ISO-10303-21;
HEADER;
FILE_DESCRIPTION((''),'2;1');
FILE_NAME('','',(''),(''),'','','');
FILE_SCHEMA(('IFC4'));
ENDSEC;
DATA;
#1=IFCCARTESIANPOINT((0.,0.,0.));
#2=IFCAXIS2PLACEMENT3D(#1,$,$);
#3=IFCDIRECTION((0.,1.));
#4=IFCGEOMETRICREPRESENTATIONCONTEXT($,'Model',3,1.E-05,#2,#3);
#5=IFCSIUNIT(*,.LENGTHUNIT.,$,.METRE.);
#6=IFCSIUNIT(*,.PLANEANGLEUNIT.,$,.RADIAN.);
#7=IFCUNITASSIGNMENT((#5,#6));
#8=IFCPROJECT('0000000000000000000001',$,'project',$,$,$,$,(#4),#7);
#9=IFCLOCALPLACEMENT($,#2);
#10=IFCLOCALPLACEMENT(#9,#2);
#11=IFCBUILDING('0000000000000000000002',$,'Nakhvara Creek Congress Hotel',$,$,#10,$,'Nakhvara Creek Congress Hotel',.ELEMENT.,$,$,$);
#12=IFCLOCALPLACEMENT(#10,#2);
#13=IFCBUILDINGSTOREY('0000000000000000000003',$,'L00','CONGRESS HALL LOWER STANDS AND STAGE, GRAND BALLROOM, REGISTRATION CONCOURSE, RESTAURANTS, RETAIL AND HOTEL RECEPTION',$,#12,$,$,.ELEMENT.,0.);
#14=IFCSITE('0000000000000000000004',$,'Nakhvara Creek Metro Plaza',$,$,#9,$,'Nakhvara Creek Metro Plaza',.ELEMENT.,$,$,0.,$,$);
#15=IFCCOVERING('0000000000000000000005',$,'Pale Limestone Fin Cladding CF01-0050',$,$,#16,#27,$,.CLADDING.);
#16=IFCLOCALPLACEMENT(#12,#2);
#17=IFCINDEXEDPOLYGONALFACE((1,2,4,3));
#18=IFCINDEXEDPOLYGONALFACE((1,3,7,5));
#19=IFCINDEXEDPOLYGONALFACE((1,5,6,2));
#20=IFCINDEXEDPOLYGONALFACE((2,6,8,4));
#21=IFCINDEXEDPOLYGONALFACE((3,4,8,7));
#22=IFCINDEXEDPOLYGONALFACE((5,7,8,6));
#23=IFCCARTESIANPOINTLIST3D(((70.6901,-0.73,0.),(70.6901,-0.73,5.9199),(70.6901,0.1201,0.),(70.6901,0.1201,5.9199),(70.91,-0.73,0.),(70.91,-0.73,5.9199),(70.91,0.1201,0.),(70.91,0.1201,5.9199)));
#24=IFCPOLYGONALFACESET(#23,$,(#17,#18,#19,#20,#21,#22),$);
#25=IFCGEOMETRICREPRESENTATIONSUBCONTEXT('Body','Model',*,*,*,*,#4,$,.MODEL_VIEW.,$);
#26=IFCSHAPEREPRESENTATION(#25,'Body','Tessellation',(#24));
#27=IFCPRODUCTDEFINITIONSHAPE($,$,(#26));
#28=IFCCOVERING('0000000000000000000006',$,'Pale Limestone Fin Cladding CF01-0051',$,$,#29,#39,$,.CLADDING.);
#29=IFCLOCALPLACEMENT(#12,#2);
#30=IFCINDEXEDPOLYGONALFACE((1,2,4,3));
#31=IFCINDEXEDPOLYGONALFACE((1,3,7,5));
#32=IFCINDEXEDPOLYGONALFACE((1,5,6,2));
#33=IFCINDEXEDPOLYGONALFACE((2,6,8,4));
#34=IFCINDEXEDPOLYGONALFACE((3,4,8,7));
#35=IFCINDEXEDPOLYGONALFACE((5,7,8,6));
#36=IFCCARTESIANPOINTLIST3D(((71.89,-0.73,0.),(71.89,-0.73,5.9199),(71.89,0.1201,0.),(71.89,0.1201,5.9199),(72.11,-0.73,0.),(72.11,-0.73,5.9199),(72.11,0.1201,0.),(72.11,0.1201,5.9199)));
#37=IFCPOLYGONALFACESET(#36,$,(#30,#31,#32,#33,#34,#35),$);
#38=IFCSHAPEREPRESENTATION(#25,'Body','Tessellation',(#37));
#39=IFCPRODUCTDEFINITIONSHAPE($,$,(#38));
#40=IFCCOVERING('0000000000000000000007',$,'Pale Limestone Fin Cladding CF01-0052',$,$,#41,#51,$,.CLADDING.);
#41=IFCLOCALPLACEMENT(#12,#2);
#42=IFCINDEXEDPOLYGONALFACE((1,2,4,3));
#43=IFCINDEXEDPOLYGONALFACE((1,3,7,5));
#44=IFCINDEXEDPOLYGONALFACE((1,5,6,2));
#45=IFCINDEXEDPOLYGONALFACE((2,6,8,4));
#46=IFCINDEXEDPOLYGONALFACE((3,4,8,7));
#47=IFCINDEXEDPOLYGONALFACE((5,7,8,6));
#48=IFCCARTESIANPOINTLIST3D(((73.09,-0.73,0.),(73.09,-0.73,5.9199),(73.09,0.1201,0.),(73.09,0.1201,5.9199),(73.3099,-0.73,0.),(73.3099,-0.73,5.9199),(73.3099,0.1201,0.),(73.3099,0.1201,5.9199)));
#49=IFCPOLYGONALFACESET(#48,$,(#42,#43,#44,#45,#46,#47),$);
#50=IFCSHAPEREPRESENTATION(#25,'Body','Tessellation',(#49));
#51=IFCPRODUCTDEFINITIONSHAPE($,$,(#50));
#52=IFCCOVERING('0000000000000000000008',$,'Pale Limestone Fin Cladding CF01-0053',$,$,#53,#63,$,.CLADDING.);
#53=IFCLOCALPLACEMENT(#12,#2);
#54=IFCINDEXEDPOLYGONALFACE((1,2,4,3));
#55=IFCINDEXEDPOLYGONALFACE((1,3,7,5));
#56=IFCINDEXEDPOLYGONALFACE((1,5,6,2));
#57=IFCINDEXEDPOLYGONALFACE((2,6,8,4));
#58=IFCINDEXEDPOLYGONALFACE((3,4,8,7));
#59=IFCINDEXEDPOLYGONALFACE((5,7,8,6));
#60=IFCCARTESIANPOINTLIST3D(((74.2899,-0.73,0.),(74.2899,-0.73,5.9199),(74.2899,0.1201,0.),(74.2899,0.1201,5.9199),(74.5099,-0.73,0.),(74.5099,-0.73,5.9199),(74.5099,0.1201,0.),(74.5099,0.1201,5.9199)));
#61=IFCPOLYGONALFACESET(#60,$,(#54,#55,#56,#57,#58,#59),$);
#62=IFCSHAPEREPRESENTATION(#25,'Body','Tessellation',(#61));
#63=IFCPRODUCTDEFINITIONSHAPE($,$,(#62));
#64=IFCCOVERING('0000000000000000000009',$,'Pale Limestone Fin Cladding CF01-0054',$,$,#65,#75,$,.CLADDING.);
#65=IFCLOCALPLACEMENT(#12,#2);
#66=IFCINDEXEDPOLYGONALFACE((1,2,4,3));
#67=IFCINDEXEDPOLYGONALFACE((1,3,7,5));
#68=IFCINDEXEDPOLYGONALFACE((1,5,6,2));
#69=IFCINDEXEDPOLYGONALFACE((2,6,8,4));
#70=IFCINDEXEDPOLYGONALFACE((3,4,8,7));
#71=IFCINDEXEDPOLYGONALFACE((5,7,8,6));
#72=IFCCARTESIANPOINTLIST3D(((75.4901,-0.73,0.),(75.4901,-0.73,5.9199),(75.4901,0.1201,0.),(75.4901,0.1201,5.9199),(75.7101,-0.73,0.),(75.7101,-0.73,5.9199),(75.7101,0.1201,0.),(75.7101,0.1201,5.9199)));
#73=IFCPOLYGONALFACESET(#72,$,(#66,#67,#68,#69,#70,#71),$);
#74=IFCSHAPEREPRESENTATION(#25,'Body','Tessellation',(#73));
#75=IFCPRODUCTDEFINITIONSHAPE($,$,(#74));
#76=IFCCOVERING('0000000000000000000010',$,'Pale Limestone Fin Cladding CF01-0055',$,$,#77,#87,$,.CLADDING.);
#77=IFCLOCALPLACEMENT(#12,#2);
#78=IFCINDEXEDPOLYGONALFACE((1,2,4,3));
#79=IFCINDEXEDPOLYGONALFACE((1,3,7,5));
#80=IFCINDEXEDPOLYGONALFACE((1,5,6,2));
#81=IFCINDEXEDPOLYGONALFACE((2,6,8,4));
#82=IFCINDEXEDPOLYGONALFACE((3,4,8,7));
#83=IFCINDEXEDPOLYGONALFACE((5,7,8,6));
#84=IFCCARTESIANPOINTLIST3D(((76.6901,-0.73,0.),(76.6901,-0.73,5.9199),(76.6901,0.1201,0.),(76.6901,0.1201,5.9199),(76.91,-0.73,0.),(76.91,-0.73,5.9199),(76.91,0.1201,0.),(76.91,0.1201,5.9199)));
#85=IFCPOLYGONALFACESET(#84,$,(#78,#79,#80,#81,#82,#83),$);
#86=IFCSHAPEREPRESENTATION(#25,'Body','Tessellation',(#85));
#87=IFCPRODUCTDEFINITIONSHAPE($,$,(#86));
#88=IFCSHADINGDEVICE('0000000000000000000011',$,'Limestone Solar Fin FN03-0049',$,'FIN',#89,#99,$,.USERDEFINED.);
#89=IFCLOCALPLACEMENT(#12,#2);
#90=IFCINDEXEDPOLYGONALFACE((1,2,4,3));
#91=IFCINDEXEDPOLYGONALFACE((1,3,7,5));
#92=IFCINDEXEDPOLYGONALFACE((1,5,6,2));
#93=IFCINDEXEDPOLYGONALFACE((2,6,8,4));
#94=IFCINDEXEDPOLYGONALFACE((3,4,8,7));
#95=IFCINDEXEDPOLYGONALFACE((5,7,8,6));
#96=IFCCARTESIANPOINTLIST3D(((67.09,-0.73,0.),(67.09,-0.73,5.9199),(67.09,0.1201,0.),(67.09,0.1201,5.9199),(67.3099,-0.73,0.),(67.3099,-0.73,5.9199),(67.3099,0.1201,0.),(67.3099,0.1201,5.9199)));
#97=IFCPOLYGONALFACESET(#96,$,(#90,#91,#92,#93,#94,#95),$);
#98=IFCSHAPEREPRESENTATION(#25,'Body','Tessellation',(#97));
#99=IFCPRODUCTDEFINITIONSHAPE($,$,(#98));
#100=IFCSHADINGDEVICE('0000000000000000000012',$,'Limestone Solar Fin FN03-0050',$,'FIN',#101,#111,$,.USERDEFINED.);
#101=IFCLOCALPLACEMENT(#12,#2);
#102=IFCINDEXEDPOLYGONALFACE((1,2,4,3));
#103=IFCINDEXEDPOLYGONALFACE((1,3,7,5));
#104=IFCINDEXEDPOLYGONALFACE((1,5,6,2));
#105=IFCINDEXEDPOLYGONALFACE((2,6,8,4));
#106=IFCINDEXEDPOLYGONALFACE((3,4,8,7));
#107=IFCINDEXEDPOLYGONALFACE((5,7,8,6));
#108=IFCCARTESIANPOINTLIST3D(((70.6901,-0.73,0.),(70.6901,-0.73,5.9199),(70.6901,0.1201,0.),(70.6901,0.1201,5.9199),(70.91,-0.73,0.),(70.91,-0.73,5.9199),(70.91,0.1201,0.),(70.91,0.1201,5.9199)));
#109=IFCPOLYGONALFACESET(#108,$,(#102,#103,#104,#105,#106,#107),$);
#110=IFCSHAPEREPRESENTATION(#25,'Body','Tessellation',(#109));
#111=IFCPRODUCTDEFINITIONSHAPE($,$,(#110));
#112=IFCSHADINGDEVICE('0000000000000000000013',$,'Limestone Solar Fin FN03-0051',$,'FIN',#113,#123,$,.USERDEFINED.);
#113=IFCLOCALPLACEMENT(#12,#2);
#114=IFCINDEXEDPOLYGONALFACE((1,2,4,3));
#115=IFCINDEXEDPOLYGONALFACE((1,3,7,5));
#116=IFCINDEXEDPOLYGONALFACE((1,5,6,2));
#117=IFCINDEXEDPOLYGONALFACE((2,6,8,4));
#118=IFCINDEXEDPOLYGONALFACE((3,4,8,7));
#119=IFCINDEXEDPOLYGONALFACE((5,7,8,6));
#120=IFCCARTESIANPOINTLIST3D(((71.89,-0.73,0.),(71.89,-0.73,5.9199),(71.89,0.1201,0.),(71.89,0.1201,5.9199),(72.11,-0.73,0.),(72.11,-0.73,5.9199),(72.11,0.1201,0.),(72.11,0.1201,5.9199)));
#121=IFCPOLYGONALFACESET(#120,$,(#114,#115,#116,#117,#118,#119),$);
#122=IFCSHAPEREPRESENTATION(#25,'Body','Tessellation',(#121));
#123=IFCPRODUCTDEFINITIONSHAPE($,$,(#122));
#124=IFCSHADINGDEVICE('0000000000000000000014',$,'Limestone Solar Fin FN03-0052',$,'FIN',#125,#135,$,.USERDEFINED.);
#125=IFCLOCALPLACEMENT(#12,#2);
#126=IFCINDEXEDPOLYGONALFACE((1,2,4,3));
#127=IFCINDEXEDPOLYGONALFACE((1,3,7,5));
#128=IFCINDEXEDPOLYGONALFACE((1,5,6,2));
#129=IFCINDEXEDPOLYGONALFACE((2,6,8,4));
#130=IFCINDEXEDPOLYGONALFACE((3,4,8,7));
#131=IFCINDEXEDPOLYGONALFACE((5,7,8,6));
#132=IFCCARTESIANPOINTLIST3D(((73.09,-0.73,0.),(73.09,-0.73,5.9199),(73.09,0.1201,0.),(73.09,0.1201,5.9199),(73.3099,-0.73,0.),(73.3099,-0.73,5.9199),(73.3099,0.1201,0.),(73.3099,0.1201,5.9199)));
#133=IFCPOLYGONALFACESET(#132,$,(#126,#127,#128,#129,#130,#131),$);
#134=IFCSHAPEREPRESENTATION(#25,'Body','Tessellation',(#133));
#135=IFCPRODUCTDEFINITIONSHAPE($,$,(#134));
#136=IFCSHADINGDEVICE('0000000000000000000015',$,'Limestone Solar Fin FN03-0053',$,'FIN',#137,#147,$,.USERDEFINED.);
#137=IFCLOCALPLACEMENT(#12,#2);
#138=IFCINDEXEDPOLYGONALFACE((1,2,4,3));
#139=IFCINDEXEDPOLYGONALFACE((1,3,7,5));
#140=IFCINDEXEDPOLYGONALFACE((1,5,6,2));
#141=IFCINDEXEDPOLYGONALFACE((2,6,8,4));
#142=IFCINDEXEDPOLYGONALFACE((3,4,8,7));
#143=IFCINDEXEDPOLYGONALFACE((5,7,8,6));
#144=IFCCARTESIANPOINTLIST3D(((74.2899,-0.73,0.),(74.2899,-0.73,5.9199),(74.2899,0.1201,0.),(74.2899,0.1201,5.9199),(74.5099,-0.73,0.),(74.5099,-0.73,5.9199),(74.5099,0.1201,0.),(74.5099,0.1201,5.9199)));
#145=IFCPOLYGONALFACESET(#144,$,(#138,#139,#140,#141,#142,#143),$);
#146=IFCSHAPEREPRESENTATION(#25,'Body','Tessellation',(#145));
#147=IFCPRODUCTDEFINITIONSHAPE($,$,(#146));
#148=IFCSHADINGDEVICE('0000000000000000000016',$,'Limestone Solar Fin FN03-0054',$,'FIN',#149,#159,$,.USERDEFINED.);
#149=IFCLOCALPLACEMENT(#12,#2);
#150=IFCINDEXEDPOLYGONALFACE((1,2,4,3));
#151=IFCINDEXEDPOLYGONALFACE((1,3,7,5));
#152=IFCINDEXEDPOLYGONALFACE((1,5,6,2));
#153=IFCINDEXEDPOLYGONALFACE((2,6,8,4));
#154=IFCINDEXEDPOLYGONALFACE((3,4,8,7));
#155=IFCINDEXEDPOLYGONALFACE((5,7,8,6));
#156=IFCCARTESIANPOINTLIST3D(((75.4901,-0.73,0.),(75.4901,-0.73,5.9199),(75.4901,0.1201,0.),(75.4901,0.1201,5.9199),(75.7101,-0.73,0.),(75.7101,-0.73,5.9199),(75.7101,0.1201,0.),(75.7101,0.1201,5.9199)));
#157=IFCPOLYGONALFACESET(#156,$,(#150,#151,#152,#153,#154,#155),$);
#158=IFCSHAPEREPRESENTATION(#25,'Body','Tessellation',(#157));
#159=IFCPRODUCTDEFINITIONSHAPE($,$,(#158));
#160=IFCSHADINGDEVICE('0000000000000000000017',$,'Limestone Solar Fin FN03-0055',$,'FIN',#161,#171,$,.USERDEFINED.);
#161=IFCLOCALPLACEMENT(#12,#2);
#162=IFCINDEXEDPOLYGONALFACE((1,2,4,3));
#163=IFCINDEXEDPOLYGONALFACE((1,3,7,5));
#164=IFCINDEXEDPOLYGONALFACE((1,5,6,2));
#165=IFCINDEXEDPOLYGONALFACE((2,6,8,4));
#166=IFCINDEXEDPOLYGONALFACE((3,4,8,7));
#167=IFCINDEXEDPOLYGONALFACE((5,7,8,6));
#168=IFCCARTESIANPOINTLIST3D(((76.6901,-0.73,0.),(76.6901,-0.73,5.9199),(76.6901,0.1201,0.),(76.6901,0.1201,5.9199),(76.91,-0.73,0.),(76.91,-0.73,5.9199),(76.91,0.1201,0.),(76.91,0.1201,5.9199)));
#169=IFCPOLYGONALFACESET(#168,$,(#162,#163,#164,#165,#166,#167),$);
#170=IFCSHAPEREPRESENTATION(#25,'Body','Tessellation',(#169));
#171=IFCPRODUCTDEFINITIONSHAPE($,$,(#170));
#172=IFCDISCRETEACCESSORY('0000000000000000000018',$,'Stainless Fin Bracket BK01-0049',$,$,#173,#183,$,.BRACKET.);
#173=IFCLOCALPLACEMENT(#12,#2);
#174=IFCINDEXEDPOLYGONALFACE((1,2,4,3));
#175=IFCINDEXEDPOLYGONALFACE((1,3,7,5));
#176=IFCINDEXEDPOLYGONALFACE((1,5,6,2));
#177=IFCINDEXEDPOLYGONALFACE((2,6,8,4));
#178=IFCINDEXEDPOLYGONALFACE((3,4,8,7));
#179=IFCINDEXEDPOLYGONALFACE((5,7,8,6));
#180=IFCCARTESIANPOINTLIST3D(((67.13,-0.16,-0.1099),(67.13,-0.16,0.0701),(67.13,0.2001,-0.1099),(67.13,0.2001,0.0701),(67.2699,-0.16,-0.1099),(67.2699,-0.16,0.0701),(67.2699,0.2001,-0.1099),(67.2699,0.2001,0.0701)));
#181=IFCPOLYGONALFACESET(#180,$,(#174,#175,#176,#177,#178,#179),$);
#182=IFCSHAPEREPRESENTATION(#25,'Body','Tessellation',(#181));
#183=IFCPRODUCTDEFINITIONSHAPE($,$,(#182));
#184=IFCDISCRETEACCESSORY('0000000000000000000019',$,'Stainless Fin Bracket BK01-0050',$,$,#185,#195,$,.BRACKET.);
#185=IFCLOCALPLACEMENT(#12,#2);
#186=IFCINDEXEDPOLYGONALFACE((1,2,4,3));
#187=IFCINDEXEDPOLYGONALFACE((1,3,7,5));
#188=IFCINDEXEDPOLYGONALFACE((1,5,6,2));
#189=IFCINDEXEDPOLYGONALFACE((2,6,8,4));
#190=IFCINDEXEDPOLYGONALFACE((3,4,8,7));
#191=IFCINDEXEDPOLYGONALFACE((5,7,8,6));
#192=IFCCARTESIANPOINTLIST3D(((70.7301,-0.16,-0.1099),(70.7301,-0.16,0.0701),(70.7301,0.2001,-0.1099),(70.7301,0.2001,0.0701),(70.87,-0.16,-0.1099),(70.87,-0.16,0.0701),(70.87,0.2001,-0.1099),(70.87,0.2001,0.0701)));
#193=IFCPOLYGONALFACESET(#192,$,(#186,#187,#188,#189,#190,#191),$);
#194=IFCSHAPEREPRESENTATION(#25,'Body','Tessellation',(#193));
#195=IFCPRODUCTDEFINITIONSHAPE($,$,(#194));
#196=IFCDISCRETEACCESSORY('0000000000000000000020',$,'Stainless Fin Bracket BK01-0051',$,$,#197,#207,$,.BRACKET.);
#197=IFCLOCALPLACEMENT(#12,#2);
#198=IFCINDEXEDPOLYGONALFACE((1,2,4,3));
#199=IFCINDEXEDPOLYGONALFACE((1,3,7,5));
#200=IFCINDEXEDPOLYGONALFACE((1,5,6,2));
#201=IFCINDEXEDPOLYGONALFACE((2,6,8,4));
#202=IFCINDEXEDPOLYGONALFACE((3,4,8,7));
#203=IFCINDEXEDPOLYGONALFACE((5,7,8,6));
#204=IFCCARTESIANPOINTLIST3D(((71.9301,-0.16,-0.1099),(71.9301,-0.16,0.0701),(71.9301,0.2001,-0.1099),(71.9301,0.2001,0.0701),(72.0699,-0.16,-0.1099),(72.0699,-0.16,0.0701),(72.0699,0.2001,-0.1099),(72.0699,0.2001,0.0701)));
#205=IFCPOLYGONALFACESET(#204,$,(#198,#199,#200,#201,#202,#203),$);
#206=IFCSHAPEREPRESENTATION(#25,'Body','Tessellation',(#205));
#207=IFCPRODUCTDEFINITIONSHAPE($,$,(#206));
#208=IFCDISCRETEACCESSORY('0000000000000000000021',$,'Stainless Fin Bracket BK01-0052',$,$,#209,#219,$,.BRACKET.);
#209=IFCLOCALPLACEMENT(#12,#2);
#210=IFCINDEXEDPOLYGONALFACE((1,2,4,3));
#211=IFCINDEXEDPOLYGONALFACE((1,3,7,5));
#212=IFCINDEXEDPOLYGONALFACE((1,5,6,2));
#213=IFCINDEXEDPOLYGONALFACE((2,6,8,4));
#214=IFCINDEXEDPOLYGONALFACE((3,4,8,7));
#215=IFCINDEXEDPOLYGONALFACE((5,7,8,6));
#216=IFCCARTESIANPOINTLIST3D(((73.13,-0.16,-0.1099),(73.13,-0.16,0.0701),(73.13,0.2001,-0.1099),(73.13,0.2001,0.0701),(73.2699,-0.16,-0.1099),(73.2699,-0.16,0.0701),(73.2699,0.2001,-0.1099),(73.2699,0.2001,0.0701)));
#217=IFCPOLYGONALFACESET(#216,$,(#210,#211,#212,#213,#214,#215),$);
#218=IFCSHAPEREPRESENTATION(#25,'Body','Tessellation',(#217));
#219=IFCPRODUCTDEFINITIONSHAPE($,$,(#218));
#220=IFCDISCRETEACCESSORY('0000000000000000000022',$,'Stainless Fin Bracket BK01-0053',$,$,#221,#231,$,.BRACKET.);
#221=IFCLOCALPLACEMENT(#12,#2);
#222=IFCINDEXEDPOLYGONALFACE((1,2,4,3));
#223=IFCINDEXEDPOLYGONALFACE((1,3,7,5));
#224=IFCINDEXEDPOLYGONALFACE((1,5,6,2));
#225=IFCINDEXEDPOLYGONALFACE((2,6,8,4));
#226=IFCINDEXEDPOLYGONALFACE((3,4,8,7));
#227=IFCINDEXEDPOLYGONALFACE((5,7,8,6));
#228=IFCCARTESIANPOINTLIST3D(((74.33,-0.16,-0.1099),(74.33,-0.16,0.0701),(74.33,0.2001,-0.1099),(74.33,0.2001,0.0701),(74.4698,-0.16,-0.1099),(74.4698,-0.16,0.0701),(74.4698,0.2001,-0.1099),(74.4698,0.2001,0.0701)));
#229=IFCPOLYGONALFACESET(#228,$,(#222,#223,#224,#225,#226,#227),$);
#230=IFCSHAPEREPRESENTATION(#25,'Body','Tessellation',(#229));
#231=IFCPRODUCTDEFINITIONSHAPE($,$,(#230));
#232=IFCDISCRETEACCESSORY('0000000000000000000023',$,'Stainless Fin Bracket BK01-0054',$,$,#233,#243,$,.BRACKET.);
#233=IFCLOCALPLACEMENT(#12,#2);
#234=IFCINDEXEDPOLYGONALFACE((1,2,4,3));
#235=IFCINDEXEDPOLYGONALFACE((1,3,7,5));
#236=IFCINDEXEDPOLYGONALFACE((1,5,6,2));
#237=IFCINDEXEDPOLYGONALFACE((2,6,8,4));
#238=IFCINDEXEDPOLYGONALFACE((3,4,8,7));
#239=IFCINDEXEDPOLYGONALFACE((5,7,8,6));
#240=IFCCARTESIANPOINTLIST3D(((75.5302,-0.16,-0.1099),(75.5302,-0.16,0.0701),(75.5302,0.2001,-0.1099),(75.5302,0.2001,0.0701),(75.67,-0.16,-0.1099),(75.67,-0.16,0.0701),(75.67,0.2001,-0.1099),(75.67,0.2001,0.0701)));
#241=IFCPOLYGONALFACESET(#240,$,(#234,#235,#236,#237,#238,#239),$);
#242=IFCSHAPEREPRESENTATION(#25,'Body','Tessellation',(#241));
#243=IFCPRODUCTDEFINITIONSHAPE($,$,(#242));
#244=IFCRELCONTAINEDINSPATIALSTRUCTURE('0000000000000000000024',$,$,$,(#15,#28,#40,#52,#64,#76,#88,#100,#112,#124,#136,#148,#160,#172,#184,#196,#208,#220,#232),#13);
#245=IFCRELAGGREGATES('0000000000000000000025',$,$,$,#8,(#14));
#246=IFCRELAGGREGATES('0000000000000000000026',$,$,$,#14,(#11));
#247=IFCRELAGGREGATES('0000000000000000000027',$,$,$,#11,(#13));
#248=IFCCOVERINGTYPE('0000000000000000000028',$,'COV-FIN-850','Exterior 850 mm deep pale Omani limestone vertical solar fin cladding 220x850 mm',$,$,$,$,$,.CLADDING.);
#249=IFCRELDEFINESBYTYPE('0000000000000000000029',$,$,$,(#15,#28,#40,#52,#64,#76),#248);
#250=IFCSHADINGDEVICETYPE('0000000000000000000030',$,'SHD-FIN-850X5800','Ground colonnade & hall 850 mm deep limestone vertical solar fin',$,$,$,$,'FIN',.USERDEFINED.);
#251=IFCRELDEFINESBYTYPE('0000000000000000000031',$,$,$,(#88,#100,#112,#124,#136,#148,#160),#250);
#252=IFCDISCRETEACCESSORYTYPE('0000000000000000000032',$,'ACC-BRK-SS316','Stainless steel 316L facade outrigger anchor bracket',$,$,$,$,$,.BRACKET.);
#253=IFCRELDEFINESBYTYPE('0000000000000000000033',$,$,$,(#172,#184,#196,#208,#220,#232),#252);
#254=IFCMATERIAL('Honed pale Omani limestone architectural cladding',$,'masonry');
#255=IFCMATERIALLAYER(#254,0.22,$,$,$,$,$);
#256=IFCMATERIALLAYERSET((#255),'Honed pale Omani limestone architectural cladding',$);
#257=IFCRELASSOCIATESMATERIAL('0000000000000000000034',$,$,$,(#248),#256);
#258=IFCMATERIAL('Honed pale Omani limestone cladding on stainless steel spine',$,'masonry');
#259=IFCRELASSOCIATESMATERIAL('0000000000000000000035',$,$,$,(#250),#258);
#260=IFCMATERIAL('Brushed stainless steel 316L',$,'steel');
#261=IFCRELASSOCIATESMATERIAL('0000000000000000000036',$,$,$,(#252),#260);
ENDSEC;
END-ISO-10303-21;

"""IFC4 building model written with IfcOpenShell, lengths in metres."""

from ifc_helpers import new_model, si_unit, direction, frame, origin, origin_2d, place, context, subcontext, project, spatial, rectangle, extrude, material, layer, layer_set, type_object, element, save


model = new_model("IFC4")

# Units and contexts
model_context = context("Model", 3, precision=1e-05, world=origin(), true_north=direction((0.0, 1.0)))
body_context = subcontext(model_context, "Body", "Model", "MODEL_VIEW")
ifc_project = project(units=[si_unit("LENGTHUNIT", "METRE"), si_unit("PLANEANGLEUNIT", "RADIAN")], contexts=[model_context])

# Site, building, storey
site_placement = place(None, origin())
site = spatial("IfcSite", under=ifc_project, at=site_placement, Name="Nakhvara Creek Metro Plaza", LongName="Nakhvara Creek Metro Plaza", CompositionType="ELEMENT", RefElevation=0.0)
building_placement = place(site_placement, origin())
building = spatial("IfcBuilding", under=site, at=building_placement, Name="Nakhvara Creek Congress Hotel", LongName="Nakhvara Creek Congress Hotel", CompositionType="ELEMENT")
storey_placement = place(building_placement, origin())
storey = spatial("IfcBuildingStorey", under=building, at=storey_placement, Name="L00", Description="CONGRESS HALL LOWER STANDS AND STAGE, GRAND BALLROOM, REGISTRATION CONCOURSE, RESTAURANTS, RETAIL AND HOTEL RECEPTION", CompositionType="ELEMENT", Elevation=0.0)

# Coverings
ifc_material_1 = material(Name="Honed pale Omani limestone architectural cladding", Category="masonry")
ifc_layer = layer(ifc_material_1, 0.22)
ifc_layer_set = layer_set([ifc_layer], Name="Honed pale Omani limestone architectural cladding")
covering_type = type_object("IfcCoveringType", Name="COV-FIN-850", Description="Exterior 850 mm deep pale Omani limestone vertical solar fin cladding 220x850 mm", PredefinedType="CLADDING", material=ifc_layer_set)
for number, where, z_axis, x_axis, name in (
    (1, (70.8, -0.3049, 0.0), (0.0, 0.0, 1.0), (1.0, 0.0, 0.0), "Pale Limestone Fin Cladding CF01-0050"),
    (2, (72.0, -0.3049, 0.0), (0.0, 0.0, 1.0), (1.0, 0.0, 0.0), "Pale Limestone Fin Cladding CF01-0051"),
    (3, (73.2, -0.3049, 0.0), (0.0, 0.0, 1.0), (1.0, 0.0, 0.0), "Pale Limestone Fin Cladding CF01-0052"),
    (4, (74.3999, -0.3049, 0.0), (0.0, 0.0, 1.0), (1.0, 0.0, 0.0), "Pale Limestone Fin Cladding CF01-0053"),
    (5, (75.6001, -0.3049, 0.0), (0.0, 0.0, 1.0), (1.0, 0.0, 0.0), "Pale Limestone Fin Cladding CF01-0054"),
    (6, (76.8, -0.3049, 0.0), (0.0, 0.0, 1.0), (1.0, 0.0, 0.0), "Pale Limestone Fin Cladding CF01-0055"),
):
    element("IfcCovering", number, at=place(storey_placement, frame(where, z_axis=z_axis, x_axis=x_axis)), inside=storey, type_object=covering_type, Name=name, PredefinedType="CLADDING", context=body_context, shape_type="SweptSolid", body=[
        extrude(rectangle(XDim=0.22, YDim=0.8501, at=origin_2d()), origin(), (0.0, 0.0, 1.0), 5.9199),
    ])

# Shading devices
ifc_material_2 = material(Name="Honed pale Omani limestone cladding on stainless steel spine", Category="masonry")
shading_device_type = type_object("IfcShadingDeviceType", Name="SHD-FIN-850X5800", Description="Ground colonnade & hall 850 mm deep limestone vertical solar fin", ElementType="FIN", PredefinedType="USERDEFINED", material=ifc_material_2)
for number, where, z_axis, x_axis, name in (
    (7, (67.2, -0.3049, 0.0), (0.0, 0.0, 1.0), (1.0, 0.0, 0.0), "Limestone Solar Fin FN03-0049"),
    (8, (70.8, -0.3049, 0.0), (0.0, 0.0, 1.0), (1.0, 0.0, 0.0), "Limestone Solar Fin FN03-0050"),
    (9, (72.0, -0.3049, 0.0), (0.0, 0.0, 1.0), (1.0, 0.0, 0.0), "Limestone Solar Fin FN03-0051"),
    (10, (73.2, -0.3049, 0.0), (0.0, 0.0, 1.0), (1.0, 0.0, 0.0), "Limestone Solar Fin FN03-0052"),
    (11, (74.3999, -0.3049, 0.0), (0.0, 0.0, 1.0), (1.0, 0.0, 0.0), "Limestone Solar Fin FN03-0053"),
    (12, (75.6001, -0.3049, 0.0), (0.0, 0.0, 1.0), (1.0, 0.0, 0.0), "Limestone Solar Fin FN03-0054"),
    (13, (76.8, -0.3049, 0.0), (0.0, 0.0, 1.0), (1.0, 0.0, 0.0), "Limestone Solar Fin FN03-0055"),
):
    element("IfcShadingDevice", number, at=place(storey_placement, frame(where, z_axis=z_axis, x_axis=x_axis)), inside=storey, type_object=shading_device_type, Name=name, ObjectType="FIN", PredefinedType="USERDEFINED", context=body_context, shape_type="SweptSolid", body=[
        extrude(rectangle(XDim=0.22, YDim=0.8501, at=origin_2d()), origin(), (0.0, 0.0, 1.0), 5.9199),
    ])

# Discrete accessories
ifc_material_3 = material(Name="Brushed stainless steel 316L", Category="steel")
discrete_accessory_type = type_object("IfcDiscreteAccessoryType", Name="ACC-BRK-SS316", Description="Stainless steel 316L facade outrigger anchor bracket", PredefinedType="BRACKET", material=ifc_material_3)
for number, where, z_axis, x_axis, name in (
    (14, (67.2, 0.02, -0.1099), (0.0, 0.0, 1.0), (1.0, 0.0, 0.0), "Stainless Fin Bracket BK01-0049"),
    (15, (70.8, 0.02, -0.1099), (0.0, 0.0, 1.0), (1.0, 0.0, 0.0), "Stainless Fin Bracket BK01-0050"),
    (16, (72.0, 0.02, -0.1099), (0.0, 0.0, 1.0), (1.0, 0.0, 0.0), "Stainless Fin Bracket BK01-0051"),
    (17, (73.2, 0.02, -0.1099), (0.0, 0.0, 1.0), (1.0, 0.0, 0.0), "Stainless Fin Bracket BK01-0052"),
    (18, (74.3999, 0.02, -0.1099), (0.0, 0.0, 1.0), (1.0, 0.0, 0.0), "Stainless Fin Bracket BK01-0053"),
    (19, (75.6001, 0.02, -0.1099), (0.0, 0.0, 1.0), (1.0, 0.0, 0.0), "Stainless Fin Bracket BK01-0054"),
):
    element("IfcDiscreteAccessory", number, at=place(storey_placement, frame(where, z_axis=z_axis, x_axis=x_axis)), inside=storey, type_object=discrete_accessory_type, Name=name, PredefinedType="BRACKET", context=body_context, shape_type="SweptSolid", body=[
        extrude(rectangle(XDim=0.1399, YDim=0.3601, at=origin_2d()), origin(), (0.0, 0.0, 1.0), 0.1799),
    ])

save(model, "model.ifc")
